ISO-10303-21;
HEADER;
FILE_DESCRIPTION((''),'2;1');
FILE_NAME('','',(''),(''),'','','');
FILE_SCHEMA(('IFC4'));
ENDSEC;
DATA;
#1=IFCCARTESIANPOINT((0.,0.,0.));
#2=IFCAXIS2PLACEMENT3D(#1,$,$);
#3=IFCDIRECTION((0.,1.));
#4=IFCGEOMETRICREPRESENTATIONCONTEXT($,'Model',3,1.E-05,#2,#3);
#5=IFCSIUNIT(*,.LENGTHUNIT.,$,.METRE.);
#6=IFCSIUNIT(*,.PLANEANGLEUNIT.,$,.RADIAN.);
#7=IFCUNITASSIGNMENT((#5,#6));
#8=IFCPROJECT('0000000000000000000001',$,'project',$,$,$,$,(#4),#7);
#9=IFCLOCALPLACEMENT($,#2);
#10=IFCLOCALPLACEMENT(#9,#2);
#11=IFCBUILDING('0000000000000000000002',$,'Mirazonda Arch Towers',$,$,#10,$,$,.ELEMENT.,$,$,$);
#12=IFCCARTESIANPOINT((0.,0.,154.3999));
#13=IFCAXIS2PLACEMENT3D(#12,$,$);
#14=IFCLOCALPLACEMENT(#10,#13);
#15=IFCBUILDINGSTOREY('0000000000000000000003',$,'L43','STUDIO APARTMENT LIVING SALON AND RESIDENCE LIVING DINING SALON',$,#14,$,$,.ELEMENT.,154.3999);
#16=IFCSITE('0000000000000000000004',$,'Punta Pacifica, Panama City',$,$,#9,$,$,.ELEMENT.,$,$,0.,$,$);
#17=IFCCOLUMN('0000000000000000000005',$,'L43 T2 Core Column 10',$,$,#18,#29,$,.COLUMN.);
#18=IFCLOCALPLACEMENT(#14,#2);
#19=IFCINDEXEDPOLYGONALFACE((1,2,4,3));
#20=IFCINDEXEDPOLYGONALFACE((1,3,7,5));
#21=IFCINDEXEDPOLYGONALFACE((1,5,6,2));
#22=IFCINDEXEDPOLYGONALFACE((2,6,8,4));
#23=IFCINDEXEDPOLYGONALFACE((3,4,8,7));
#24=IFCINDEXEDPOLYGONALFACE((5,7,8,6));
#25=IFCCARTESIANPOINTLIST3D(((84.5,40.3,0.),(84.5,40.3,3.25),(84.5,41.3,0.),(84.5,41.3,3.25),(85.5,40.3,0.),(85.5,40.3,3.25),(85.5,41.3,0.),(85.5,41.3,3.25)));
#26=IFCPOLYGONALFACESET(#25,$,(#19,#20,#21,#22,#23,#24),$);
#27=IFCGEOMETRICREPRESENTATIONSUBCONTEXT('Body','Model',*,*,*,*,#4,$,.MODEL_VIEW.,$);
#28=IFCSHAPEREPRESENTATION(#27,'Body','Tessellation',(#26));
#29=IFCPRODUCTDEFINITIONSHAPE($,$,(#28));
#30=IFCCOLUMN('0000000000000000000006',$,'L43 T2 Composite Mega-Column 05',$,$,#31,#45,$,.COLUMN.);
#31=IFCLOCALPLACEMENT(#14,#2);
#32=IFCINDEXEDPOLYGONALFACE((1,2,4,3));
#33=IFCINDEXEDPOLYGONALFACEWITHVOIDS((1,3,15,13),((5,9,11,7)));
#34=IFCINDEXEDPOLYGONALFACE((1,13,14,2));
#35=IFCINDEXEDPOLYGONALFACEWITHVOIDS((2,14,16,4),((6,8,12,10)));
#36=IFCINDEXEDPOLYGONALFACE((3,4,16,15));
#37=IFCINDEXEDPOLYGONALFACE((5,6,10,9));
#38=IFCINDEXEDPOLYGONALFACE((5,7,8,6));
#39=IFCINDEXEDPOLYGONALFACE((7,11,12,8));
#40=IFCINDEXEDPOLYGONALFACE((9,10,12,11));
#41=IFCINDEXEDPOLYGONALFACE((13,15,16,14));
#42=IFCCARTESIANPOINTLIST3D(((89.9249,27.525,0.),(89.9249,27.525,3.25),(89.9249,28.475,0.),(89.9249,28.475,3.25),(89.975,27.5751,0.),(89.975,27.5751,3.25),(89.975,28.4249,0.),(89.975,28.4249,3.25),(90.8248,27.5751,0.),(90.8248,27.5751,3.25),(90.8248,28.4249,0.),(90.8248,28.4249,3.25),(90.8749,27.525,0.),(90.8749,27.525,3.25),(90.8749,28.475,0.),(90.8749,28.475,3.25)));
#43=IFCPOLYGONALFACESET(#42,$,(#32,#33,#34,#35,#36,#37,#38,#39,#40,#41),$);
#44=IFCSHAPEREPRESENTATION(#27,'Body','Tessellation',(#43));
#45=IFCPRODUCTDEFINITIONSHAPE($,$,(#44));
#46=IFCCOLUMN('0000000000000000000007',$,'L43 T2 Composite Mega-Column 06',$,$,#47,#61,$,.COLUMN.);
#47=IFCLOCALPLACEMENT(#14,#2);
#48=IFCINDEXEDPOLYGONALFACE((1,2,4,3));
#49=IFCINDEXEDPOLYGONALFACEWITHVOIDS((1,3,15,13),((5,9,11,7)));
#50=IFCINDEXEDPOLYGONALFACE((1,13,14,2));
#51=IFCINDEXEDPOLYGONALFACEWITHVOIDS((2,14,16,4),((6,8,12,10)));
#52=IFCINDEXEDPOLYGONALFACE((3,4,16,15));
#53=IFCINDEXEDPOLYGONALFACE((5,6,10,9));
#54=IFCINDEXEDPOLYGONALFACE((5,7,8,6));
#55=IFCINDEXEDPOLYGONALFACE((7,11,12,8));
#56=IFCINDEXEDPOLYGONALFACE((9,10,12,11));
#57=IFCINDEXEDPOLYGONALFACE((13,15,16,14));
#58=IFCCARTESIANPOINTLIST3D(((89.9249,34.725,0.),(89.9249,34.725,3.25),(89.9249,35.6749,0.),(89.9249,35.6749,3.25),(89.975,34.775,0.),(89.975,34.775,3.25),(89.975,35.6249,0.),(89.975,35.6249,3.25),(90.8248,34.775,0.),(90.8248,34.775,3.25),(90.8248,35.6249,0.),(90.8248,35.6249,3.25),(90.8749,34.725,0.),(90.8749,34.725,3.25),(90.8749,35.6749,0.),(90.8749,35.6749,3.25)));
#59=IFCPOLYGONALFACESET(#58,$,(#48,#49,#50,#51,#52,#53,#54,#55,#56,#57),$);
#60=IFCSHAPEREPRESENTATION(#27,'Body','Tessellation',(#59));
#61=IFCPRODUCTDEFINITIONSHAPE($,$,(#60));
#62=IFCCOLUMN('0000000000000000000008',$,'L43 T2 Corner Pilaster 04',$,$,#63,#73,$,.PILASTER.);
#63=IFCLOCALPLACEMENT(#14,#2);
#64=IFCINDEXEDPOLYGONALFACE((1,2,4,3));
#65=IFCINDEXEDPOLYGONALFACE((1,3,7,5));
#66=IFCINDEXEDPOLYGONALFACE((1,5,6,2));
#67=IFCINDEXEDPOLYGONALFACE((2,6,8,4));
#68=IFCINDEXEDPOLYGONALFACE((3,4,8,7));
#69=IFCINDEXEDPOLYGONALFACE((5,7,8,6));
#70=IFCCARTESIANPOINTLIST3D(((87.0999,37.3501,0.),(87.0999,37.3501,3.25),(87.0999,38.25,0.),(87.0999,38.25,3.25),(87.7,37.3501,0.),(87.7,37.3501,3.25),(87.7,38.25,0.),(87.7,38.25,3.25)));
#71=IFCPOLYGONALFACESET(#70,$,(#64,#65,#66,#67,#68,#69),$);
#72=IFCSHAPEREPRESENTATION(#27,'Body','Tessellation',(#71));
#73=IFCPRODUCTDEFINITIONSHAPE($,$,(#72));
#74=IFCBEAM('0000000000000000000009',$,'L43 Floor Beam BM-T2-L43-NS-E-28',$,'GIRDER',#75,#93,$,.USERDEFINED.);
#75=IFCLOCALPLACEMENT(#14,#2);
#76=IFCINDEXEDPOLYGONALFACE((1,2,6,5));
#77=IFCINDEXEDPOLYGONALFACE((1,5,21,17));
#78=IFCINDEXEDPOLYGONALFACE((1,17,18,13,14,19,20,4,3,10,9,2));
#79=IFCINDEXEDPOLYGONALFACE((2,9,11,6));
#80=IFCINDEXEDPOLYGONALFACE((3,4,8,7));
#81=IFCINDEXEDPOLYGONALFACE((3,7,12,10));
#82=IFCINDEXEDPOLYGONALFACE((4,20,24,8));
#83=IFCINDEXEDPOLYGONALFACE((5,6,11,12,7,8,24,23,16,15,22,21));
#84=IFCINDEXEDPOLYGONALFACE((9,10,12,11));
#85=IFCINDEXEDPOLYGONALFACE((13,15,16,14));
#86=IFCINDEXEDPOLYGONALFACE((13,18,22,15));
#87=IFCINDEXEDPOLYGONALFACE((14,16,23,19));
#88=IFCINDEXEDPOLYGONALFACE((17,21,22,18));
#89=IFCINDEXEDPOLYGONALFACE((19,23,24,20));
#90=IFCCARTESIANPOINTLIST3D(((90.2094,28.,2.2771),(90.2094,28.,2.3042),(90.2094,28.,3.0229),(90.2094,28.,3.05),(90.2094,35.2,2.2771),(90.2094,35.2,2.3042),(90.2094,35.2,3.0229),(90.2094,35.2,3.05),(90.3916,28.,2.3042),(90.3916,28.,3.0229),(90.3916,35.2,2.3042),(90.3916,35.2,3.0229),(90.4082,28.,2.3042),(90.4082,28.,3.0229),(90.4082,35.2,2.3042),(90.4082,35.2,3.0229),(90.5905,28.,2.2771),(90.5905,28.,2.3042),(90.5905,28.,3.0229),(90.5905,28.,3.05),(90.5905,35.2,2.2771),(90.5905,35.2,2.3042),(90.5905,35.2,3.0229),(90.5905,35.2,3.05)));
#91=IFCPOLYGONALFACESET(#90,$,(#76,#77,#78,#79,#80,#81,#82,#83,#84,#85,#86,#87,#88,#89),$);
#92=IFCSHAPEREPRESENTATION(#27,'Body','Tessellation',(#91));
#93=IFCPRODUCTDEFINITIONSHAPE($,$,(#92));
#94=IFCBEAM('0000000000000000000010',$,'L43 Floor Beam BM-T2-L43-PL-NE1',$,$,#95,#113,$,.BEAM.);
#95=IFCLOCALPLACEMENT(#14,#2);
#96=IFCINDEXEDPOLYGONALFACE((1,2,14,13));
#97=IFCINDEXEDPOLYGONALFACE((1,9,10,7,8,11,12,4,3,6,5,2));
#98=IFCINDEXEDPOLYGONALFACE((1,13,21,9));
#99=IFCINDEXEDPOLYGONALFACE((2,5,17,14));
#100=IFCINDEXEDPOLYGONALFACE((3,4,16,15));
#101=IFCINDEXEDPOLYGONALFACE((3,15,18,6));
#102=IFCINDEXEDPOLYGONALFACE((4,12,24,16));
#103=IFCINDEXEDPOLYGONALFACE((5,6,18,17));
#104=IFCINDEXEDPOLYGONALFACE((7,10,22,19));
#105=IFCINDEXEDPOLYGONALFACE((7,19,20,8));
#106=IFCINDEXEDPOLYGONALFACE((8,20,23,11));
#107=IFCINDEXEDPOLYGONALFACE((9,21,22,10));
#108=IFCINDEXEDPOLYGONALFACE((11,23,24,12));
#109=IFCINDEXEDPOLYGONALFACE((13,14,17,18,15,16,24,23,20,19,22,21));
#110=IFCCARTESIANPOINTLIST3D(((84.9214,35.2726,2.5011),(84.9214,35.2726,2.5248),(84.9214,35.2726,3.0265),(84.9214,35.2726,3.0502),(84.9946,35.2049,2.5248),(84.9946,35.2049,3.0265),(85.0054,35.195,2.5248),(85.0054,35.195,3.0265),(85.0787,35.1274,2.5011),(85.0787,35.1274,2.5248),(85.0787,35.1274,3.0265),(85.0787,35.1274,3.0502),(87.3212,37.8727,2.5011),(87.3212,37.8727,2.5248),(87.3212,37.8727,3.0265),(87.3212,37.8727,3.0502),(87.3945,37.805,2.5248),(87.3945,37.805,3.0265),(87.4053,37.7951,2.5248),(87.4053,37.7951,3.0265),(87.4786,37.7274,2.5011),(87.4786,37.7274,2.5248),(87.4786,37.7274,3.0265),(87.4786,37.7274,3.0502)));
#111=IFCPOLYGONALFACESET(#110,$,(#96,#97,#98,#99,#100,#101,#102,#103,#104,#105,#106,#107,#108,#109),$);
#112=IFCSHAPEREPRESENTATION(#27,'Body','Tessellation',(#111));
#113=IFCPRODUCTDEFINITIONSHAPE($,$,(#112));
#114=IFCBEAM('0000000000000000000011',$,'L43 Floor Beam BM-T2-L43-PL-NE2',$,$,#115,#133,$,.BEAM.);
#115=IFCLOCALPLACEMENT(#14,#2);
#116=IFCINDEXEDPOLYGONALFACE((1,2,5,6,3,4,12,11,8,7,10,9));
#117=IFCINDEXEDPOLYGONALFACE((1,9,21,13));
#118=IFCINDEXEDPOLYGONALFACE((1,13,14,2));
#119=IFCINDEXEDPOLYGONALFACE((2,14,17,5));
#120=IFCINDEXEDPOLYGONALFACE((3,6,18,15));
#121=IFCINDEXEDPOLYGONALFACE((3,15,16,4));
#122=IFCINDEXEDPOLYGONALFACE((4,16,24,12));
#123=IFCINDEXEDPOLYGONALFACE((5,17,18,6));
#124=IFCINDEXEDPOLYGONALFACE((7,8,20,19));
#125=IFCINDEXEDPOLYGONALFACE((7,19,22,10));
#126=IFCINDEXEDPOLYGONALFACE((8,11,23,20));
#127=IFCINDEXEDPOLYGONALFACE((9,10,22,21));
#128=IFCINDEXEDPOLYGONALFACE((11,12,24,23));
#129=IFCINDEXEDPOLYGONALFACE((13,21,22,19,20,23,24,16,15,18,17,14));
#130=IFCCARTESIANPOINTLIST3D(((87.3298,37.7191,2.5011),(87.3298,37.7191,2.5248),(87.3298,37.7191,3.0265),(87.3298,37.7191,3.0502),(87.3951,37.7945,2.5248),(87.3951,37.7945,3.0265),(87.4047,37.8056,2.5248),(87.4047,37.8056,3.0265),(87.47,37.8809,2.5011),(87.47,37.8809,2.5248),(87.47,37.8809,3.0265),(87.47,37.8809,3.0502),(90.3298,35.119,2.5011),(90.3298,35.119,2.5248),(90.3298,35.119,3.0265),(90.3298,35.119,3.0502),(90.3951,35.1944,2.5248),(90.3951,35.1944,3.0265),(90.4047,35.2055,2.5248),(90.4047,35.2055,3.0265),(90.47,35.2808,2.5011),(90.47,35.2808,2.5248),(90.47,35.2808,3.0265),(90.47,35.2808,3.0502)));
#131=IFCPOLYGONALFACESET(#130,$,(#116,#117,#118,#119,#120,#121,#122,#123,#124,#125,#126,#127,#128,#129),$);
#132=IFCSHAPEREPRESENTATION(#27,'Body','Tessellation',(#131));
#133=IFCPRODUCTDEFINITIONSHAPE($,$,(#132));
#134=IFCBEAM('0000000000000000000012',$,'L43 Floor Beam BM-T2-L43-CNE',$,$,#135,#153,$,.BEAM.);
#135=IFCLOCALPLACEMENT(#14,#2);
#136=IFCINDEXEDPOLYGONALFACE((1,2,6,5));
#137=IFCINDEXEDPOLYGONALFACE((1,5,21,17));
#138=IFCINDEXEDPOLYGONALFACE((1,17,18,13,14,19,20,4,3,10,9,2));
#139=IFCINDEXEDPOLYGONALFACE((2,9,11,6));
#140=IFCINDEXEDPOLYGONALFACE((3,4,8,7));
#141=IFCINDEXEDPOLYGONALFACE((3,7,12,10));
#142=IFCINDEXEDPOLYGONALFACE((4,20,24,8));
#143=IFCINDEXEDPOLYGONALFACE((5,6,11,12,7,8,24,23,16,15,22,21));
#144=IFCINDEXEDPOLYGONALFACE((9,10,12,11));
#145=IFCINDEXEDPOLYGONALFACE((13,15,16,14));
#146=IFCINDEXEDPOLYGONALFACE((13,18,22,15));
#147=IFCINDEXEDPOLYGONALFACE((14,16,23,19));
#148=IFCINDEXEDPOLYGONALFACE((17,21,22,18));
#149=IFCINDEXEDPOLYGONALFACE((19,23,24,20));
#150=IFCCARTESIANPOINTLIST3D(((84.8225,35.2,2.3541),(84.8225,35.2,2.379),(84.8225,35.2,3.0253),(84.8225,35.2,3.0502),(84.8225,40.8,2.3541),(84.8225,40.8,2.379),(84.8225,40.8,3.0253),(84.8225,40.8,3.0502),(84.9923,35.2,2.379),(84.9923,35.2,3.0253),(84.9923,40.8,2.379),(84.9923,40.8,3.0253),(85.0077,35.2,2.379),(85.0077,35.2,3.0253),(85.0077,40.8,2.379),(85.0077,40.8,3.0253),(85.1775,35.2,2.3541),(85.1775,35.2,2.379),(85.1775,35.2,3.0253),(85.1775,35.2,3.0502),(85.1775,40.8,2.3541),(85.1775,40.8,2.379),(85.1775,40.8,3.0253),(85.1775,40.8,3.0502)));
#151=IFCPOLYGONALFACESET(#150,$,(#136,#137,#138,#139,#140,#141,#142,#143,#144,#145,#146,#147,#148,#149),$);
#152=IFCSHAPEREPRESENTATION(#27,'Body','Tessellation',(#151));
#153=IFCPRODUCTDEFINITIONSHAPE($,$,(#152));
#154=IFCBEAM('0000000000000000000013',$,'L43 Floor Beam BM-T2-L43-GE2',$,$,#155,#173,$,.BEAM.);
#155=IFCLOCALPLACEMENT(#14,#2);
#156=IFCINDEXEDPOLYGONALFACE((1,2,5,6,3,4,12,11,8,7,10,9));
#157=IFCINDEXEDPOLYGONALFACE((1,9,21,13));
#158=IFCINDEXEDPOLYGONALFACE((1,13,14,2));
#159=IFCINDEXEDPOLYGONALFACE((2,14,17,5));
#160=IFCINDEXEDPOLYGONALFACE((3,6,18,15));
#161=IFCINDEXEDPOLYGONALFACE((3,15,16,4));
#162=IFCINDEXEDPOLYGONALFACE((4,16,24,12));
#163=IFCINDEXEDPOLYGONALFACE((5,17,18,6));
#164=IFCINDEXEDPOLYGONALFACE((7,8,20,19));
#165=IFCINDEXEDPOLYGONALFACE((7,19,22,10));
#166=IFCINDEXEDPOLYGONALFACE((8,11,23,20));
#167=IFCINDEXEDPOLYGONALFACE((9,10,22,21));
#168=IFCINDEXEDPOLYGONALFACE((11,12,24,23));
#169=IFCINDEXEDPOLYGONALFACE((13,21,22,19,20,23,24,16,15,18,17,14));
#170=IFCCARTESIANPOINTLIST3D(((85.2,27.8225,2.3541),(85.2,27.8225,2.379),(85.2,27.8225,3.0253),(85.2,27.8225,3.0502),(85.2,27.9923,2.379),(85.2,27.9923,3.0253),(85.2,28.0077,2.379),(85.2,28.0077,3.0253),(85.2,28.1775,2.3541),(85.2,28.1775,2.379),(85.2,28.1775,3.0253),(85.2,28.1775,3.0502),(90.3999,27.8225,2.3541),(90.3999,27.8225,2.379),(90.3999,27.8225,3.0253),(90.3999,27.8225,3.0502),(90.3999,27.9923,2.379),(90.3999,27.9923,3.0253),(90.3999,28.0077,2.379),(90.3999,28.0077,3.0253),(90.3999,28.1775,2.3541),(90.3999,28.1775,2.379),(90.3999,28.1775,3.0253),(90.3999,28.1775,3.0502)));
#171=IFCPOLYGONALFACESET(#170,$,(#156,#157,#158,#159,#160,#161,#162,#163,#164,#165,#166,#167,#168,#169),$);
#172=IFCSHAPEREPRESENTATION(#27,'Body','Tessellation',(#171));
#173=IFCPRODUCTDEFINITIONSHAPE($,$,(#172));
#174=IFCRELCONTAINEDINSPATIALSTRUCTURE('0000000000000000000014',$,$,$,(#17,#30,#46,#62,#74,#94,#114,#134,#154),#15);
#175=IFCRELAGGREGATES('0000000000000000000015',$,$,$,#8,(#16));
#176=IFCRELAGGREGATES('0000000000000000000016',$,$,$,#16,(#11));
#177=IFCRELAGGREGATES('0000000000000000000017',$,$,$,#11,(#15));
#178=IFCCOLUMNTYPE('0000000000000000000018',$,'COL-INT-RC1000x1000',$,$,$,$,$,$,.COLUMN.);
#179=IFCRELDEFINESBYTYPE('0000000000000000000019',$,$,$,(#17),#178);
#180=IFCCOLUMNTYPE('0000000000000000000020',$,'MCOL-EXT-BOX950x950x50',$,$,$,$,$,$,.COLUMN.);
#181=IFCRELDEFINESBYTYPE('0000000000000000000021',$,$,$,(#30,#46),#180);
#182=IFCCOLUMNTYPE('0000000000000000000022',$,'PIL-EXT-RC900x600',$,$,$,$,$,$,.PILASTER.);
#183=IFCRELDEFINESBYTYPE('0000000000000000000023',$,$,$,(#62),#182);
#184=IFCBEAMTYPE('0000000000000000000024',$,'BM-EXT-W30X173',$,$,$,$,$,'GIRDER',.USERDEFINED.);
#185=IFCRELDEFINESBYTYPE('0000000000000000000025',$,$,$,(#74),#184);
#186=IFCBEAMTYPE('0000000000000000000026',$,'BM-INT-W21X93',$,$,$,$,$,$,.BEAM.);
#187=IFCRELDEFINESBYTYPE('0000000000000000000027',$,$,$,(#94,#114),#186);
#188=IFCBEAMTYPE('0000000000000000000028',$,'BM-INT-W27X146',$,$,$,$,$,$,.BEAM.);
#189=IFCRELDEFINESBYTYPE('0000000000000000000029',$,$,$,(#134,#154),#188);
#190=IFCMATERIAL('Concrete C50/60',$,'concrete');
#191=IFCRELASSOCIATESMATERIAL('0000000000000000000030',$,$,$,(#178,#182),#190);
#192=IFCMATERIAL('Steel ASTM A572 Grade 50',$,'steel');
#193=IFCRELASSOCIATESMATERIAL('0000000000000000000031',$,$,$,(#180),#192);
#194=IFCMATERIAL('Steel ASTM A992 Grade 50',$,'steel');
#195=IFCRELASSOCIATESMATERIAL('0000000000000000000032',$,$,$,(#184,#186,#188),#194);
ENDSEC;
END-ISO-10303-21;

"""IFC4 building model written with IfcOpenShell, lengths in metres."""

from ifc_helpers import new_model, si_unit, direction, frame, origin, origin_2d, place, context, subcontext, project, spatial, rectangle, hollow_rectangle, i_section, extrude, material, material_profile, profile_set, type_object, element, save


model = new_model("IFC4")

# Units and contexts
model_context = context("Model", 3, precision=1e-05, world=origin(), true_north=direction((0.0, 1.0)))
body_context = subcontext(model_context, "Body", "Model", "MODEL_VIEW")
ifc_project = project(units=[si_unit("LENGTHUNIT", "METRE"), si_unit("PLANEANGLEUNIT", "RADIAN")], contexts=[model_context])

# Site, building, storey
site_placement = place(None, origin())
site = spatial("IfcSite", under=ifc_project, at=site_placement, Name="Punta Pacifica, Panama City", CompositionType="ELEMENT", RefElevation=0.0)
building_placement = place(site_placement, origin())
building = spatial("IfcBuilding", under=site, at=building_placement, Name="Mirazonda Arch Towers", CompositionType="ELEMENT")
storey_placement = place(building_placement, frame((0.0, 0.0, 154.3999)))
storey = spatial("IfcBuildingStorey", under=building, at=storey_placement, Name="L43", Description="STUDIO APARTMENT LIVING SALON AND RESIDENCE LIVING DINING SALON", CompositionType="ELEMENT", Elevation=154.3999)

# Columns
ifc_material_1 = material(Name="Concrete C50/60", Category="concrete")
ifc_material_profile_1 = material_profile(ifc_material_1, rectangle(XDim=1.0, YDim=1.0, at=origin_2d()), Name="RC1000x1000")
ifc_profile_set_1 = profile_set([ifc_material_profile_1], Name="Concrete C50/60")
column_type_1 = type_object("IfcColumnType", Name="COL-INT-RC1000x1000", PredefinedType="COLUMN", material=ifc_profile_set_1)
column_1_placement = place(storey_placement, frame((85.0, 40.8, 0.0), z_axis=(0.0, 0.0, 1.0), x_axis=(1.0, 0.0, 0.0)))
element("IfcColumn", 1, at=column_1_placement, inside=storey, type_object=column_type_1, Name="L43 T2 Core Column 10", PredefinedType="COLUMN", context=body_context, shape_type="SweptSolid", body=[
    extrude(rectangle(XDim=1.0, YDim=1.0, at=origin_2d()), origin(), (0.0, 0.0, 1.0), 3.25),
])
ifc_material_2 = material(Name="Steel ASTM A572 Grade 50", Category="steel")
ifc_material_profile_2 = material_profile(ifc_material_2, hollow_rectangle(XDim=0.95, YDim=0.95, WallThickness=0.05, at=origin_2d()), Name="BOX950x950x50")
ifc_profile_set_2 = profile_set([ifc_material_profile_2], Name="Steel ASTM A572 Grade 50")
column_type_2 = type_object("IfcColumnType", Name="MCOL-EXT-BOX950x950x50", PredefinedType="COLUMN", material=ifc_profile_set_2)
for number, where, z_axis, x_axis, name in (
    (2, (90.3999, 28.0, 0.0), (0.0, 0.0, 1.0), (1.0, 0.0, 0.0), "L43 T2 Composite Mega-Column 05"),
    (3, (90.3999, 35.2, 0.0), (0.0, 0.0, 1.0), (1.0, 0.0, 0.0), "L43 T2 Composite Mega-Column 06"),
):
    element("IfcColumn", number, at=place(storey_placement, frame(where, z_axis=z_axis, x_axis=x_axis)), inside=storey, type_object=column_type_2, Name=name, PredefinedType="COLUMN", context=body_context, shape_type="SweptSolid", body=[
        extrude(hollow_rectangle(XDim=0.95, YDim=0.95, WallThickness=0.05, at=origin_2d()), origin(), (0.0, 0.0, 1.0), 3.25),
    ])
ifc_material_profile_3 = material_profile(ifc_material_1, rectangle(XDim=0.6001, YDim=0.8999, at=origin_2d()), Name="RC900x600")
ifc_profile_set_3 = profile_set([ifc_material_profile_3], Name="Concrete C50/60")
column_type_3 = type_object("IfcColumnType", Name="PIL-EXT-RC900x600", PredefinedType="PILASTER", material=ifc_profile_set_3)
column_2_placement = place(storey_placement, frame((87.3999, 37.8, 0.0), z_axis=(0.0, 0.0, 1.0), x_axis=(1.0, 0.0, 0.0)))
element("IfcColumn", 4, at=column_2_placement, inside=storey, type_object=column_type_3, Name="L43 T2 Corner Pilaster 04", PredefinedType="PILASTER", context=body_context, shape_type="SweptSolid", body=[
    extrude(rectangle(XDim=0.6001, YDim=0.8999, at=origin_2d()), origin(), (0.0, 0.0, 1.0), 3.25),
])

# Beams
ifc_material_3 = material(Name="Steel ASTM A992 Grade 50", Category="steel")
ifc_material_profile_4 = material_profile(ifc_material_3, i_section(OverallWidth=0.3811, OverallDepth=0.7729, WebThickness=0.0166, FlangeThickness=0.0271, at=origin_2d()), Name="W30X173")
ifc_profile_set_4 = profile_set([ifc_material_profile_4], Name="Steel ASTM A992 Grade 50")
beam_type_1 = type_object("IfcBeamType", Name="BM-EXT-W30X173", ElementType="GIRDER", PredefinedType="USERDEFINED", material=ifc_profile_set_4)
beam_1_placement = place(storey_placement, frame((90.3999, 28.0, 2.6636), z_axis=(0.0, 1.0, 0.0), x_axis=(-1.0, 0.0, 0.0)))
element("IfcBeam", 5, at=beam_1_placement, inside=storey, type_object=beam_type_1, Name="L43 Floor Beam BM-T2-L43-NS-E-28", ObjectType="GIRDER", PredefinedType="USERDEFINED", context=body_context, shape_type="SweptSolid", body=[
    extrude(i_section(OverallWidth=0.3811, OverallDepth=0.7729, WebThickness=0.0166, FlangeThickness=0.0271, at=origin_2d()), origin(), (0.0, 0.0, 1.0), 7.2),
])
ifc_material_profile_5 = material_profile(ifc_material_3, i_section(OverallWidth=0.2141, OverallDepth=0.5491, WebThickness=0.0146, FlangeThickness=0.0237, at=origin_2d()), Name="W21X93")
ifc_profile_set_5 = profile_set([ifc_material_profile_5], Name="Steel ASTM A992 Grade 50")
beam_type_2 = type_object("IfcBeamType", Name="BM-INT-W21X93", PredefinedType="BEAM", material=ifc_profile_set_5)
beam_2_placement = place(storey_placement, frame((87.3999, 37.8, 2.7756), z_axis=(-0.678251, -0.73483, 0.0), x_axis=(0.73483, -0.678251, 0.0)))
element("IfcBeam", 6, at=beam_2_placement, inside=storey, type_object=beam_type_2, Name="L43 Floor Beam BM-T2-L43-PL-NE1", PredefinedType="BEAM", context=body_context, shape_type="SweptSolid", body=[
    extrude(i_section(OverallWidth=0.2141, OverallDepth=0.5491, WebThickness=0.0146, FlangeThickness=0.0237, at=origin_2d()), origin(), (0.0, 0.0, 1.0), 3.5383),
])
beam_3_placement = place(storey_placement, frame((87.3999, 37.8, 2.7756), z_axis=(0.755677, -0.654945, 0.0), x_axis=(0.654945, 0.755677, 0.0)))
element("IfcBeam", 7, at=beam_3_placement, inside=storey, type_object=beam_type_2, Name="L43 Floor Beam BM-T2-L43-PL-NE2", PredefinedType="BEAM", context=body_context, shape_type="SweptSolid", body=[
    extrude(i_section(OverallWidth=0.2141, OverallDepth=0.5491, WebThickness=0.0146, FlangeThickness=0.0237, at=origin_2d()), origin(), (0.0, 0.0, 1.0), 3.97),
])
ifc_material_profile_6 = material_profile(ifc_material_3, i_section(OverallWidth=0.355, OverallDepth=0.696, WebThickness=0.0154, FlangeThickness=0.0249, at=origin_2d()), Name="W27X146")
ifc_profile_set_6 = profile_set([ifc_material_profile_6], Name="Steel ASTM A992 Grade 50")
beam_type_3 = type_object("IfcBeamType", Name="BM-INT-W27X146", PredefinedType="BEAM", material=ifc_profile_set_6)
beam_4_placement = place(storey_placement, frame((85.0, 35.2, 2.7021), z_axis=(0.0, 1.0, 0.0), x_axis=(-1.0, 0.0, 0.0)))
element("IfcBeam", 8, at=beam_4_placement, inside=storey, type_object=beam_type_3, Name="L43 Floor Beam BM-T2-L43-CNE", PredefinedType="BEAM", context=body_context, shape_type="SweptSolid", body=[
    extrude(i_section(OverallWidth=0.355, OverallDepth=0.696, WebThickness=0.0154, FlangeThickness=0.0249, at=origin_2d()), origin(), (0.0, 0.0, 1.0), 5.6001),
])
beam_5_placement = place(storey_placement, frame((85.2, 28.0, 2.7021), z_axis=(1.0, 0.0, 0.0), x_axis=(0.0, 1.0, 0.0)))
element("IfcBeam", 9, at=beam_5_placement, inside=storey, type_object=beam_type_3, Name="L43 Floor Beam BM-T2-L43-GE2", PredefinedType="BEAM", context=body_context, shape_type="SweptSolid", body=[
    extrude(i_section(OverallWidth=0.355, OverallDepth=0.696, WebThickness=0.0154, FlangeThickness=0.0249, at=origin_2d()), origin(), (0.0, 0.0, 1.0), 5.2),
])

save(model, "model.ifc")
